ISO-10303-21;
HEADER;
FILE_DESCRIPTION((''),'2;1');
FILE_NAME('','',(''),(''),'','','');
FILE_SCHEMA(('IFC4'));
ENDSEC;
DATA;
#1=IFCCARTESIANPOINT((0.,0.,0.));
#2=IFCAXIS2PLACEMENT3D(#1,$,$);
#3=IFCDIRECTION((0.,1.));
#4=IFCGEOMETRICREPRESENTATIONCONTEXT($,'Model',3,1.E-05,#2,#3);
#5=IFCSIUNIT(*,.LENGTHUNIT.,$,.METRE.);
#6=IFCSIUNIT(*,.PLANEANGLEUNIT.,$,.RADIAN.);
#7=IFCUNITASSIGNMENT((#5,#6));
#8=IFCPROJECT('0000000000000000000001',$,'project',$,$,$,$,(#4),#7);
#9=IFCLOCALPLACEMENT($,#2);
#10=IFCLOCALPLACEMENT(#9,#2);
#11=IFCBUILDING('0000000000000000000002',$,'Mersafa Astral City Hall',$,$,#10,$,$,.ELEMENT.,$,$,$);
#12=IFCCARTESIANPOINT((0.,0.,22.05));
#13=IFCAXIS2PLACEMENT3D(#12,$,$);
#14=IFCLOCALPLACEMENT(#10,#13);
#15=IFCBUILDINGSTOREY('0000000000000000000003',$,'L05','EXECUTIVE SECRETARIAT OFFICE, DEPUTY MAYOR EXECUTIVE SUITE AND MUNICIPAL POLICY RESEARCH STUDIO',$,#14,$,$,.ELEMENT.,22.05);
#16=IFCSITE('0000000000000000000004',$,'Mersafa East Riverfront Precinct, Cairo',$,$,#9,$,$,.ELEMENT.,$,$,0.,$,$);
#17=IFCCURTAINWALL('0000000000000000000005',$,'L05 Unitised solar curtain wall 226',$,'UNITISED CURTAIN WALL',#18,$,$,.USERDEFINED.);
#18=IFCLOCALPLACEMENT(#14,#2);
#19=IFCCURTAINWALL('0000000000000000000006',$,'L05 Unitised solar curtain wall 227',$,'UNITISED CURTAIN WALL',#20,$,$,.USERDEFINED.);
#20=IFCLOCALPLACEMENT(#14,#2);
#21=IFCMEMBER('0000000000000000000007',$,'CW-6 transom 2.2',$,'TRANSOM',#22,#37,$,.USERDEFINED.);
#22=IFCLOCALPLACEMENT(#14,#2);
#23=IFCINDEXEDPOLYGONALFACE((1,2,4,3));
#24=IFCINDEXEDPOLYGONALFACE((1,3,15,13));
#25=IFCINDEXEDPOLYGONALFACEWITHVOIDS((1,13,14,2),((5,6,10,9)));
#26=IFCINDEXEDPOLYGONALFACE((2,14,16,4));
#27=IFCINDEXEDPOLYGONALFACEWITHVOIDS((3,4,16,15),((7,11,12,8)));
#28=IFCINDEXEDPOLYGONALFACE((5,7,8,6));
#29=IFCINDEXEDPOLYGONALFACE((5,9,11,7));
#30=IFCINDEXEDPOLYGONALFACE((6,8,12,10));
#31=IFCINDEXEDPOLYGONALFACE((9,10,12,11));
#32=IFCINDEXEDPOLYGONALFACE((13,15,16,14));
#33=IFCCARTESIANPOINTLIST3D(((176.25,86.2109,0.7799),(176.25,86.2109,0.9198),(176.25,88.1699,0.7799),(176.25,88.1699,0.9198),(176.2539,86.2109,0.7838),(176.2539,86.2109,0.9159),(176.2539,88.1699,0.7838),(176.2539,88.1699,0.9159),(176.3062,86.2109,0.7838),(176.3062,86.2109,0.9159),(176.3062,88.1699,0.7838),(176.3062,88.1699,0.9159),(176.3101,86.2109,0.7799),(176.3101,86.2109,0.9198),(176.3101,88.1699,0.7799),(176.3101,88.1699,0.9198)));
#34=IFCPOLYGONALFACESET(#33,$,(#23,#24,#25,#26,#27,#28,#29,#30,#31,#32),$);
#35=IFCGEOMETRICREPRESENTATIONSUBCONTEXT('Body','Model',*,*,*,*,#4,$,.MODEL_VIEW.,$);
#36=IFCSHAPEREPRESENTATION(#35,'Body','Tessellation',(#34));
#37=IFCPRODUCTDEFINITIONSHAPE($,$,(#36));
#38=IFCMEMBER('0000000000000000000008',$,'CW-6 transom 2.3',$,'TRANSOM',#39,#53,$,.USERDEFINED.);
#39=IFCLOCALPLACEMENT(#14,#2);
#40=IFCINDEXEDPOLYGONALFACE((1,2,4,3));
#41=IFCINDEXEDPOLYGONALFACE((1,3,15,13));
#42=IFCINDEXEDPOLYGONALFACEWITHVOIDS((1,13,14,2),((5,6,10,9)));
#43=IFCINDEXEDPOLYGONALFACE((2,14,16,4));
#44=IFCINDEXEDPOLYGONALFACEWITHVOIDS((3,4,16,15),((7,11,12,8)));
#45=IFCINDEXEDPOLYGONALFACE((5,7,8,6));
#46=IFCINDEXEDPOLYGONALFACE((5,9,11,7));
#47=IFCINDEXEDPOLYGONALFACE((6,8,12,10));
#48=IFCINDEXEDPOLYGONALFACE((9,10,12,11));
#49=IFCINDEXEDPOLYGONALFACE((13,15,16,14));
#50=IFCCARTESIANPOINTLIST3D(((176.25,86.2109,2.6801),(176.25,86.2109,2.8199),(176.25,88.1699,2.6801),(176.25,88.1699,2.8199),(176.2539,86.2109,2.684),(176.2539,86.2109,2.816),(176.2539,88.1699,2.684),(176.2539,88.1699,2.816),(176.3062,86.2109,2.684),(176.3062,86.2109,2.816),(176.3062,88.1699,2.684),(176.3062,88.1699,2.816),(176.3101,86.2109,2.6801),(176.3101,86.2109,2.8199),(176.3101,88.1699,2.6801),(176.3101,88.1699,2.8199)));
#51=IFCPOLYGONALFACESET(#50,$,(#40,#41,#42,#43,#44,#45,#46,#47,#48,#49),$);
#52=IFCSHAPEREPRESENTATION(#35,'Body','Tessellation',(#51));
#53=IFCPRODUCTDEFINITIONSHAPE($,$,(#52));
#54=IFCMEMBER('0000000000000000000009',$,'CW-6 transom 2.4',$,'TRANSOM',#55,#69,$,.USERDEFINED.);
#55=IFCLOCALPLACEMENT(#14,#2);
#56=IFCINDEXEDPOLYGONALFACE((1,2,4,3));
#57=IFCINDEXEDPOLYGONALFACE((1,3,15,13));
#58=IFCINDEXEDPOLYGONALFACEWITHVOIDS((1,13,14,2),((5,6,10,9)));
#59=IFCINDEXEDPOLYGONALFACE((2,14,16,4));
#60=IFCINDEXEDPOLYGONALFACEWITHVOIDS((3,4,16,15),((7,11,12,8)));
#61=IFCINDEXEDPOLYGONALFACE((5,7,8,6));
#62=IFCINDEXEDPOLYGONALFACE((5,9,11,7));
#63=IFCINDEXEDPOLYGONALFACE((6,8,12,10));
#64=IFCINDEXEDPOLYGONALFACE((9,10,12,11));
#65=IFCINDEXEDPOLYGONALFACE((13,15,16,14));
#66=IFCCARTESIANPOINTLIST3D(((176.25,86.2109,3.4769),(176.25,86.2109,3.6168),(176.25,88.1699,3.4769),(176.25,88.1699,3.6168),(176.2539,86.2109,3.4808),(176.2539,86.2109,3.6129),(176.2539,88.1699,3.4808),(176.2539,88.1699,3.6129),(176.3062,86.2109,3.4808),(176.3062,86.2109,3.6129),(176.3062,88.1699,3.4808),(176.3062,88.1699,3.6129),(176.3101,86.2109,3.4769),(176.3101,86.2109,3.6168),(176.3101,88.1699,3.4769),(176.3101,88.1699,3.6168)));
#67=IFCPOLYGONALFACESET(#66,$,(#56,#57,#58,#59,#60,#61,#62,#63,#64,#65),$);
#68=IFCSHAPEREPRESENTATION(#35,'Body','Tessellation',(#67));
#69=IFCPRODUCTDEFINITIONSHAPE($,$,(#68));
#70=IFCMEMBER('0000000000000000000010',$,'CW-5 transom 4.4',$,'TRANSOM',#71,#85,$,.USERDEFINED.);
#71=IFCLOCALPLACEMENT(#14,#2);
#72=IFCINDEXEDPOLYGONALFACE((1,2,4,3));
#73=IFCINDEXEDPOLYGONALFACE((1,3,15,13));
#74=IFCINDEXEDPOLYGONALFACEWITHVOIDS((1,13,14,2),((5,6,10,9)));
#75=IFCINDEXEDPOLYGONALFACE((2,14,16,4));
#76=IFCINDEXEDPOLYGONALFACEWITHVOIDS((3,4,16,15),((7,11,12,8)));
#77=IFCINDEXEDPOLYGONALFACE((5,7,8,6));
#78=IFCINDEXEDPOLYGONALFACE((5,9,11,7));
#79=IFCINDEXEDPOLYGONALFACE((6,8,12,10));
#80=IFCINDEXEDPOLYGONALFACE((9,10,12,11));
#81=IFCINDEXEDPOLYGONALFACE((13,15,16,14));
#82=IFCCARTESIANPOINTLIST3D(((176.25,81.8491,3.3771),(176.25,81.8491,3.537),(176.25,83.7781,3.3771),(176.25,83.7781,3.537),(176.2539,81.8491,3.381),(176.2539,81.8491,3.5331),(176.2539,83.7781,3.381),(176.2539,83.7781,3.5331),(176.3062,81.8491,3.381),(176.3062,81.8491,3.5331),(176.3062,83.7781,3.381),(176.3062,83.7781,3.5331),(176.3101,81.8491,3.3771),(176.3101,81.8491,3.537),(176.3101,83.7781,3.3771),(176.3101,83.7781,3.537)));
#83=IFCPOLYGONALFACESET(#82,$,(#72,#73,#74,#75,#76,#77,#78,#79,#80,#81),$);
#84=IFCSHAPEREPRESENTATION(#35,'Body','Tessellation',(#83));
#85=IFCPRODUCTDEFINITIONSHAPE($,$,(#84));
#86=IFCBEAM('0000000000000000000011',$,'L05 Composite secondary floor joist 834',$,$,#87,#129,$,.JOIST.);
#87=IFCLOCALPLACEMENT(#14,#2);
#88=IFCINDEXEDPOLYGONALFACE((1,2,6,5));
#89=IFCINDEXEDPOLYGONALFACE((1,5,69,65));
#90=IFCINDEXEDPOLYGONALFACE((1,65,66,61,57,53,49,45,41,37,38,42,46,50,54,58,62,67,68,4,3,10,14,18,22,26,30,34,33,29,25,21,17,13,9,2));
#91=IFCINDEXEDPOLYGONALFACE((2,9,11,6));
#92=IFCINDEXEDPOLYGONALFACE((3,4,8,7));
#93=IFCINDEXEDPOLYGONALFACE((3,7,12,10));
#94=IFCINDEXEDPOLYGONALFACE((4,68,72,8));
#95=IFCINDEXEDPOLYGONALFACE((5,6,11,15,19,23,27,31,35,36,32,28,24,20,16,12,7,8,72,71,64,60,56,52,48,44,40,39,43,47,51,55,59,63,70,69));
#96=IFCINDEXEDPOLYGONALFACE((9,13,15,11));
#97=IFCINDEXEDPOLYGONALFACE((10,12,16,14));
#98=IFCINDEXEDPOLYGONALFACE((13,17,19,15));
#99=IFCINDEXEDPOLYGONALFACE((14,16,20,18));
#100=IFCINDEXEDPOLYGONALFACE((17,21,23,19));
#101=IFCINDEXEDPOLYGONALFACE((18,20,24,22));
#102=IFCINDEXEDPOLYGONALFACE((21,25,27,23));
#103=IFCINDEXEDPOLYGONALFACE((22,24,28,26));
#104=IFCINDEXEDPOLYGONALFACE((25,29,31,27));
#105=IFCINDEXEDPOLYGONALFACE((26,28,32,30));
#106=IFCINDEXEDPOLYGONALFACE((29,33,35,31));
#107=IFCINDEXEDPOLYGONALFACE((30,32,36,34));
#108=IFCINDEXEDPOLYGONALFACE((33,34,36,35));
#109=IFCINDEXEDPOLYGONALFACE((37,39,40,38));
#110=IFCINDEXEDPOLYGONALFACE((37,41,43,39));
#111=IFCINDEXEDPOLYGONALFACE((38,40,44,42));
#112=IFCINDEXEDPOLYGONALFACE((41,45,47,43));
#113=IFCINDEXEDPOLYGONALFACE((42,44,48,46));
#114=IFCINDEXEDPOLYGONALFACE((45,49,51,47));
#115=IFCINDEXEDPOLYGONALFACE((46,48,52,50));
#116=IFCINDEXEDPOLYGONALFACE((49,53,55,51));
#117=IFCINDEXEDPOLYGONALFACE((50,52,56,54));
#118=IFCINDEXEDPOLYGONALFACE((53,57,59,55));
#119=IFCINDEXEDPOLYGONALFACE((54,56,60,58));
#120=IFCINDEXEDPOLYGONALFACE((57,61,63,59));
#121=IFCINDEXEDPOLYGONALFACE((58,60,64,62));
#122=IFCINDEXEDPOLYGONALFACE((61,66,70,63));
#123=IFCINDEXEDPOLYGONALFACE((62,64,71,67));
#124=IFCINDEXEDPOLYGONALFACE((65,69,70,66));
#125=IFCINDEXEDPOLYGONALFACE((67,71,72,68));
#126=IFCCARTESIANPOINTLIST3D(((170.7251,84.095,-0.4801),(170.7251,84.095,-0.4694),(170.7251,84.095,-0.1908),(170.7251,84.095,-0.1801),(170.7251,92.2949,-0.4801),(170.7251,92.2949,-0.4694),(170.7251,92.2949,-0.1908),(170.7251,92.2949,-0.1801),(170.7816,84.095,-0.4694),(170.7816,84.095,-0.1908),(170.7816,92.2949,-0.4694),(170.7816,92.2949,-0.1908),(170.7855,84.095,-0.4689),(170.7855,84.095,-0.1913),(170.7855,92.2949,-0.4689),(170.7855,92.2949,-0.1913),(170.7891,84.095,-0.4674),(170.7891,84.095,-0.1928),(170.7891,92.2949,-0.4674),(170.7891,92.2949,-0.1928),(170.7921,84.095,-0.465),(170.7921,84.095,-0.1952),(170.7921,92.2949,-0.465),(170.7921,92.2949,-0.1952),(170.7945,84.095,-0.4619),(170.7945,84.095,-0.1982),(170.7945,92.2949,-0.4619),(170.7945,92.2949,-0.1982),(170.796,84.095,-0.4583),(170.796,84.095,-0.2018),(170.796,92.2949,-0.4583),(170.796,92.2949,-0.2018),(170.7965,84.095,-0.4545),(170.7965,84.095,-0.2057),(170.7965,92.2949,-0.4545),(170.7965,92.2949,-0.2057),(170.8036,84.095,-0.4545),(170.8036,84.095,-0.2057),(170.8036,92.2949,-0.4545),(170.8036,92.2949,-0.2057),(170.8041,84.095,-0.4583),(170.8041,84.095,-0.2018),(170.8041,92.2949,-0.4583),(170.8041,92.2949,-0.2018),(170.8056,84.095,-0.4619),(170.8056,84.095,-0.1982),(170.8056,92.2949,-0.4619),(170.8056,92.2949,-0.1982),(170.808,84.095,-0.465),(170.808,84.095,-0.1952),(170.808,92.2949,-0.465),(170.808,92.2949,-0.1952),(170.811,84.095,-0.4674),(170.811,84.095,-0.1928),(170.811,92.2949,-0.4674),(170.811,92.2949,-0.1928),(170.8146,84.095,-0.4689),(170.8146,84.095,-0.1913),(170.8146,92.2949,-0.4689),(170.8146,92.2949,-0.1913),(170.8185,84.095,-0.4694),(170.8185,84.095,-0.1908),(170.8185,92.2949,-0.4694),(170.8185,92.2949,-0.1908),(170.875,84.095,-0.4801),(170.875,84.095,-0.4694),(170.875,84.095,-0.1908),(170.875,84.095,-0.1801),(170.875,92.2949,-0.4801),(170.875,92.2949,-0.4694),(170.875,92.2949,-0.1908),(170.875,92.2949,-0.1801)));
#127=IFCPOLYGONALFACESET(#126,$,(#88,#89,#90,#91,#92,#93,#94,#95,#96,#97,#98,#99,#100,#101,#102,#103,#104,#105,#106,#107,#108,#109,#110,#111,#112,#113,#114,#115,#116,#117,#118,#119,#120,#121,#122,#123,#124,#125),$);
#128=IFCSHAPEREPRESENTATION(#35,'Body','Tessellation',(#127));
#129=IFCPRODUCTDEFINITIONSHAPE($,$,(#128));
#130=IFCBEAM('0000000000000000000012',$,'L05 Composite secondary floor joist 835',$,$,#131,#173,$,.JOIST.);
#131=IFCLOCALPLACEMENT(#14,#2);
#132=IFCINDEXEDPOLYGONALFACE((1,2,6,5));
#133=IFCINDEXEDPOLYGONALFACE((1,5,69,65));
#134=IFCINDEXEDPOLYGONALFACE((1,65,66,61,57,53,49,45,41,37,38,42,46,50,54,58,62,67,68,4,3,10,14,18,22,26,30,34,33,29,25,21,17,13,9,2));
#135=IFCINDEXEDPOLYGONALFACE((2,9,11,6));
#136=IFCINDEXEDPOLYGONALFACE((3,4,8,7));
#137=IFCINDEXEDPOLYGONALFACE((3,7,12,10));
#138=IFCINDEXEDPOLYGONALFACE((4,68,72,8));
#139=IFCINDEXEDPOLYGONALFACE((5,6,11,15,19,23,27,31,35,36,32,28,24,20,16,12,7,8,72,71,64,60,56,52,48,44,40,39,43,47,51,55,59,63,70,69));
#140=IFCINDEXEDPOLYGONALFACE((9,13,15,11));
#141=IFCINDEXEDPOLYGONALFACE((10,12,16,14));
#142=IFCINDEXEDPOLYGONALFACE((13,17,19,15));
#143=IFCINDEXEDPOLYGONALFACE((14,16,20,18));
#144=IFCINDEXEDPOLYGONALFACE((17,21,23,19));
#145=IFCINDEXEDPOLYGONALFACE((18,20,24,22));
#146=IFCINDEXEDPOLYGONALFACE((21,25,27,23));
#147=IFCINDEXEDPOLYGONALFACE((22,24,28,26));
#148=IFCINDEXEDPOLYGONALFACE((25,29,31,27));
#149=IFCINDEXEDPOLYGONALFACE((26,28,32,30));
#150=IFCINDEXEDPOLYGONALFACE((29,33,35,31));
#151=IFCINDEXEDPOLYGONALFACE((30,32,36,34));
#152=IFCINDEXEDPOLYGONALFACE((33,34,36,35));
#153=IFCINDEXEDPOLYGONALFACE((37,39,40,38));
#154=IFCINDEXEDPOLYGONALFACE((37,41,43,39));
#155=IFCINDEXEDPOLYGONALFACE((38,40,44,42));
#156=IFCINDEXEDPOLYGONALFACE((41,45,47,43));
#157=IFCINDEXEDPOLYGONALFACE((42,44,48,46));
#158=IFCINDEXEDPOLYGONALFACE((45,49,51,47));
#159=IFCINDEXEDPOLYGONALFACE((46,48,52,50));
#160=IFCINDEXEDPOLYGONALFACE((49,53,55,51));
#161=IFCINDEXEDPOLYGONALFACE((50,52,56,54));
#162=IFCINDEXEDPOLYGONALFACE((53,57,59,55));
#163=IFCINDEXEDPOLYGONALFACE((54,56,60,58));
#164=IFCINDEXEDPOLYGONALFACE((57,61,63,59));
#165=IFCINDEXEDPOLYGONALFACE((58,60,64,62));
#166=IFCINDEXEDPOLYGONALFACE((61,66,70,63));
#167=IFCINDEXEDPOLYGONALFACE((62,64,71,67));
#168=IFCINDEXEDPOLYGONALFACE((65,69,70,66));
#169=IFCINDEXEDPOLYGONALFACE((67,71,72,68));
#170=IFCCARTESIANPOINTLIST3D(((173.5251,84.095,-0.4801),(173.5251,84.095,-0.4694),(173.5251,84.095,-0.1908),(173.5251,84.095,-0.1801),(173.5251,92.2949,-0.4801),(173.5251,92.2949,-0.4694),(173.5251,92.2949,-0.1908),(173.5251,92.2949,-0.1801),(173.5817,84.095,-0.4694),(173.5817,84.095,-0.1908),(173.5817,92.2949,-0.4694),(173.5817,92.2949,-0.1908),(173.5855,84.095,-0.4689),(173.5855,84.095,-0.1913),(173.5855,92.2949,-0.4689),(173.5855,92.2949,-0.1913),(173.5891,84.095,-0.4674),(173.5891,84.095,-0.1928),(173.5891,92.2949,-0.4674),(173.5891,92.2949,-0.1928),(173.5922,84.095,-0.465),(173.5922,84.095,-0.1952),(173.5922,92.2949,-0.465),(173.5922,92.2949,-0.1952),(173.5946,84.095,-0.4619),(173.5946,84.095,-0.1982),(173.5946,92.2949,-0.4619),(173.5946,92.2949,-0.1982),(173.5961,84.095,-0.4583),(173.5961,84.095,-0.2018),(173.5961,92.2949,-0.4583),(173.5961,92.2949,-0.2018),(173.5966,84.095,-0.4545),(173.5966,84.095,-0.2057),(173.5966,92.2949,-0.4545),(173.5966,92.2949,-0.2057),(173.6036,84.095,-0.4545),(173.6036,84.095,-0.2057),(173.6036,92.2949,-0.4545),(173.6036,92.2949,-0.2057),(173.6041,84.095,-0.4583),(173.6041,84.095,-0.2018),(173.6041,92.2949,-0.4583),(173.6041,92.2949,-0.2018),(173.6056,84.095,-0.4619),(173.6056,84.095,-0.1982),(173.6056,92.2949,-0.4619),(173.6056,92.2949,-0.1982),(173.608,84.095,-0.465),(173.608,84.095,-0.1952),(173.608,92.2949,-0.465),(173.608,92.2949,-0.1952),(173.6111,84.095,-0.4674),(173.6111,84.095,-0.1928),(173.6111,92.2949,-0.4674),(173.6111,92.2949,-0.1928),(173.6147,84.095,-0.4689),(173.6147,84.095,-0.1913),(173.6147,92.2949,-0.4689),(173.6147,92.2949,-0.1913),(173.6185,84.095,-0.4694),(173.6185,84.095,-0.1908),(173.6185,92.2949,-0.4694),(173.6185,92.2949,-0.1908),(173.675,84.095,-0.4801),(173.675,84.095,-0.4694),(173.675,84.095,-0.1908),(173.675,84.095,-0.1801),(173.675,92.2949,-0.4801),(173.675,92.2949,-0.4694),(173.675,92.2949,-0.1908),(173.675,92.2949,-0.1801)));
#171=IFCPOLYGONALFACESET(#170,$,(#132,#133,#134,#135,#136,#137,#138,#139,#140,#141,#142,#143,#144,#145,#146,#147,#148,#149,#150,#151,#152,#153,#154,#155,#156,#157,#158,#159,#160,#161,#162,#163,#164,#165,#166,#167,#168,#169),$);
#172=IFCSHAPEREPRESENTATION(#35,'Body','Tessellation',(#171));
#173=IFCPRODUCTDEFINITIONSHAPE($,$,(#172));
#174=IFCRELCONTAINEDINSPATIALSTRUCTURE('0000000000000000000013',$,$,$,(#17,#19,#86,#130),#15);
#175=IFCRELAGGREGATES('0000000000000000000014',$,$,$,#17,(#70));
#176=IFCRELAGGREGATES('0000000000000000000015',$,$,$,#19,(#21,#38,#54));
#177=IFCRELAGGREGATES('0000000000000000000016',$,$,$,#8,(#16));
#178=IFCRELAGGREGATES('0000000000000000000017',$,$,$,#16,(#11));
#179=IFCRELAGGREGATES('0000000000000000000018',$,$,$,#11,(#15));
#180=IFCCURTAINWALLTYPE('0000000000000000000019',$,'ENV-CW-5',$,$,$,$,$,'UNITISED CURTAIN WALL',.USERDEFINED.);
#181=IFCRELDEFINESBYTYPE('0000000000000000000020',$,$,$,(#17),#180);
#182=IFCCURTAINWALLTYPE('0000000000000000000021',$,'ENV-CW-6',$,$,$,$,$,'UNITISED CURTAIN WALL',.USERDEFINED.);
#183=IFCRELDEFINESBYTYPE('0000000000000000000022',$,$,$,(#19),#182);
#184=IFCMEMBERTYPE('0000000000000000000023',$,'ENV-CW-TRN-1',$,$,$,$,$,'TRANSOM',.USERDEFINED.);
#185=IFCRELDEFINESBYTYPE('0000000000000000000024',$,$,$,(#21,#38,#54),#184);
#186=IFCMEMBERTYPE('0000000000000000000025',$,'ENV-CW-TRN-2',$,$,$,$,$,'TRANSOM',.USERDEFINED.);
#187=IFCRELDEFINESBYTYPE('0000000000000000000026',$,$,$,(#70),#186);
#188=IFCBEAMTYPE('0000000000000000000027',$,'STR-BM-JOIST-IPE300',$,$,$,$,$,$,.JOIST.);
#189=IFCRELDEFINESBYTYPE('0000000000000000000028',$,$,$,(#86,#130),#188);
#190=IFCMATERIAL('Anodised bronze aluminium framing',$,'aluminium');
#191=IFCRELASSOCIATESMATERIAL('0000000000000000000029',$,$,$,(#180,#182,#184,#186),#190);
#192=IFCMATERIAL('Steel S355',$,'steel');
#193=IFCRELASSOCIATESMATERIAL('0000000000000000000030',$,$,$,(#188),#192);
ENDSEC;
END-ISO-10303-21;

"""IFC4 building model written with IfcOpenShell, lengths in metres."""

from ifc_helpers import new_model, si_unit, direction, frame, origin, origin_2d, place, context, subcontext, project, spatial, hollow_rectangle, i_section, extrude, material, material_profile, profile_set, type_object, element, aggregate, save


model = new_model("IFC4")

# Units and contexts
model_context = context("Model", 3, precision=1e-05, world=origin(), true_north=direction((0.0, 1.0)))
body_context = subcontext(model_context, "Body", "Model", "MODEL_VIEW")
ifc_project = project(units=[si_unit("LENGTHUNIT", "METRE"), si_unit("PLANEANGLEUNIT", "RADIAN")], contexts=[model_context])

# Site, building, storey
site_placement = place(None, origin())
site = spatial("IfcSite", under=ifc_project, at=site_placement, Name="Mersafa East Riverfront Precinct, Cairo", CompositionType="ELEMENT", RefElevation=0.0)
building_placement = place(site_placement, origin())
building = spatial("IfcBuilding", under=site, at=building_placement, Name="Mersafa Astral City Hall", CompositionType="ELEMENT")
storey_placement = place(building_placement, frame((0.0, 0.0, 22.05)))
storey = spatial("IfcBuildingStorey", under=building, at=storey_placement, Name="L05", Description="EXECUTIVE SECRETARIAT OFFICE, DEPUTY MAYOR EXECUTIVE SUITE AND MUNICIPAL POLICY RESEARCH STUDIO", CompositionType="ELEMENT", Elevation=22.05)

# Shared definitions
ifc_material_1 = material(Name="Steel S355", Category="steel")

# Curtain wall
ifc_material_2 = material(Name="Anodised bronze aluminium framing", Category="aluminium")
curtain_wall_type_1 = type_object("IfcCurtainWallType", Name="ENV-CW-5", ElementType="UNITISED CURTAIN WALL", PredefinedType="USERDEFINED", material=ifc_material_2)
curtain_wall_1_placement = place(storey_placement, origin())
curtain_wall_1 = element("IfcCurtainWall", 1, at=curtain_wall_1_placement, inside=storey, type_object=curtain_wall_type_1, Name="L05 Unitised solar curtain wall 226", ObjectType="UNITISED CURTAIN WALL", PredefinedType="USERDEFINED")

# Curtain wall, members
curtain_wall_type_2 = type_object("IfcCurtainWallType", Name="ENV-CW-6", ElementType="UNITISED CURTAIN WALL", PredefinedType="USERDEFINED", material=ifc_material_2)
curtain_wall_2_placement = place(storey_placement, origin())
curtain_wall_2 = element("IfcCurtainWall", 2, at=curtain_wall_2_placement, inside=storey, type_object=curtain_wall_type_2, Name="L05 Unitised solar curtain wall 227", ObjectType="UNITISED CURTAIN WALL", PredefinedType="USERDEFINED")
ifc_material_profile_1 = material_profile(ifc_material_2, hollow_rectangle(XDim=0.0601, YDim=0.1399, WallThickness=0.0039, at=origin_2d()), Name="RHS 60x140x4")
ifc_profile_set_1 = profile_set([ifc_material_profile_1], Name="Anodised bronze aluminium framing")
member_type_1 = type_object("IfcMemberType", Name="ENV-CW-TRN-1", ElementType="TRANSOM", PredefinedType="USERDEFINED", material=ifc_profile_set_1)
member_1_placement = place(storey_placement, frame((176.28, 86.2109, 0.8499), z_axis=(0.0, 1.0, 0.0), x_axis=(-1.0, 0.0, 0.0)))
member_1 = element("IfcMember", 3, at=member_1_placement, type_object=member_type_1, Name="CW-6 transom 2.2", ObjectType="TRANSOM", PredefinedType="USERDEFINED", context=body_context, shape_type="SweptSolid", body=[
    extrude(hollow_rectangle(XDim=0.0601, YDim=0.1399, WallThickness=0.0039, at=origin_2d()), origin(), (0.0, 0.0, 1.0), 1.959),
])
member_2_placement = place(storey_placement, frame((176.28, 86.2109, 2.75), z_axis=(0.0, 1.0, 0.0), x_axis=(-1.0, 0.0, 0.0)))
member_2 = element("IfcMember", 4, at=member_2_placement, type_object=member_type_1, Name="CW-6 transom 2.3", ObjectType="TRANSOM", PredefinedType="USERDEFINED", context=body_context, shape_type="SweptSolid", body=[
    extrude(hollow_rectangle(XDim=0.0601, YDim=0.1399, WallThickness=0.0039, at=origin_2d()), origin(), (0.0, 0.0, 1.0), 1.959),
])
member_3_placement = place(storey_placement, frame((176.28, 86.2109, 3.5469), z_axis=(0.0, 1.0, 0.0), x_axis=(-1.0, 0.0, 0.0)))
member_3 = element("IfcMember", 5, at=member_3_placement, type_object=member_type_1, Name="CW-6 transom 2.4", ObjectType="TRANSOM", PredefinedType="USERDEFINED", context=body_context, shape_type="SweptSolid", body=[
    extrude(hollow_rectangle(XDim=0.0601, YDim=0.1399, WallThickness=0.0039, at=origin_2d()), origin(), (0.0, 0.0, 1.0), 1.959),
])

# Member
ifc_material_profile_2 = material_profile(ifc_material_2, hollow_rectangle(XDim=0.0601, YDim=0.1599, WallThickness=0.0039, at=origin_2d()), Name="RHS 60x160x4")
ifc_profile_set_2 = profile_set([ifc_material_profile_2], Name="Anodised bronze aluminium framing")
member_type_2 = type_object("IfcMemberType", Name="ENV-CW-TRN-2", ElementType="TRANSOM", PredefinedType="USERDEFINED", material=ifc_profile_set_2)
member_4_placement = place(storey_placement, frame((176.28, 81.8491, 3.457), z_axis=(0.0, 1.0, 0.0), x_axis=(-1.0, 0.0, 0.0)))
member_4 = element("IfcMember", 6, at=member_4_placement, type_object=member_type_2, Name="CW-5 transom 4.4", ObjectType="TRANSOM", PredefinedType="USERDEFINED", context=body_context, shape_type="SweptSolid", body=[
    extrude(hollow_rectangle(XDim=0.0601, YDim=0.1599, WallThickness=0.0039, at=origin_2d()), origin(), (0.0, 0.0, 1.0), 1.929),
])

# Beams
ifc_material_profile_3 = material_profile(ifc_material_1, i_section(OverallWidth=0.1499, OverallDepth=0.3, WebThickness=0.0071, FlangeThickness=0.0107, FilletRadius=0.0149, at=origin_2d()), Name="IPE 300")
ifc_profile_set_3 = profile_set([ifc_material_profile_3], Name="Steel S355")
beam_type_1 = type_object("IfcBeamType", Name="STR-BM-JOIST-IPE300", PredefinedType="JOIST", material=ifc_profile_set_3)
for number, where, z_axis, x_axis, name in (
    (7, (170.8, 84.095, -0.3301), (0.0, 1.0, 0.0), (-1.0, 0.0, 0.0), "L05 Composite secondary floor joist 834"),
    (8, (173.6001, 84.095, -0.3301), (0.0, 1.0, 0.0), (-1.0, 0.0, 0.0), "L05 Composite secondary floor joist 835"),
):
    element("IfcBeam", number, at=place(storey_placement, frame(where, z_axis=z_axis, x_axis=x_axis)), inside=storey, type_object=beam_type_1, Name=name, PredefinedType="JOIST", context=body_context, shape_type="SweptSolid", body=[
        extrude(i_section(OverallWidth=0.1499, OverallDepth=0.3, WebThickness=0.0071, FlangeThickness=0.0107, FilletRadius=0.0149, at=origin_2d()), origin(), (0.0, 0.0, 1.0), 8.2),
    ])

aggregate(curtain_wall_1, [member_4])
aggregate(curtain_wall_2, [member_1, member_2, member_3])

save(model, "model.ifc")
